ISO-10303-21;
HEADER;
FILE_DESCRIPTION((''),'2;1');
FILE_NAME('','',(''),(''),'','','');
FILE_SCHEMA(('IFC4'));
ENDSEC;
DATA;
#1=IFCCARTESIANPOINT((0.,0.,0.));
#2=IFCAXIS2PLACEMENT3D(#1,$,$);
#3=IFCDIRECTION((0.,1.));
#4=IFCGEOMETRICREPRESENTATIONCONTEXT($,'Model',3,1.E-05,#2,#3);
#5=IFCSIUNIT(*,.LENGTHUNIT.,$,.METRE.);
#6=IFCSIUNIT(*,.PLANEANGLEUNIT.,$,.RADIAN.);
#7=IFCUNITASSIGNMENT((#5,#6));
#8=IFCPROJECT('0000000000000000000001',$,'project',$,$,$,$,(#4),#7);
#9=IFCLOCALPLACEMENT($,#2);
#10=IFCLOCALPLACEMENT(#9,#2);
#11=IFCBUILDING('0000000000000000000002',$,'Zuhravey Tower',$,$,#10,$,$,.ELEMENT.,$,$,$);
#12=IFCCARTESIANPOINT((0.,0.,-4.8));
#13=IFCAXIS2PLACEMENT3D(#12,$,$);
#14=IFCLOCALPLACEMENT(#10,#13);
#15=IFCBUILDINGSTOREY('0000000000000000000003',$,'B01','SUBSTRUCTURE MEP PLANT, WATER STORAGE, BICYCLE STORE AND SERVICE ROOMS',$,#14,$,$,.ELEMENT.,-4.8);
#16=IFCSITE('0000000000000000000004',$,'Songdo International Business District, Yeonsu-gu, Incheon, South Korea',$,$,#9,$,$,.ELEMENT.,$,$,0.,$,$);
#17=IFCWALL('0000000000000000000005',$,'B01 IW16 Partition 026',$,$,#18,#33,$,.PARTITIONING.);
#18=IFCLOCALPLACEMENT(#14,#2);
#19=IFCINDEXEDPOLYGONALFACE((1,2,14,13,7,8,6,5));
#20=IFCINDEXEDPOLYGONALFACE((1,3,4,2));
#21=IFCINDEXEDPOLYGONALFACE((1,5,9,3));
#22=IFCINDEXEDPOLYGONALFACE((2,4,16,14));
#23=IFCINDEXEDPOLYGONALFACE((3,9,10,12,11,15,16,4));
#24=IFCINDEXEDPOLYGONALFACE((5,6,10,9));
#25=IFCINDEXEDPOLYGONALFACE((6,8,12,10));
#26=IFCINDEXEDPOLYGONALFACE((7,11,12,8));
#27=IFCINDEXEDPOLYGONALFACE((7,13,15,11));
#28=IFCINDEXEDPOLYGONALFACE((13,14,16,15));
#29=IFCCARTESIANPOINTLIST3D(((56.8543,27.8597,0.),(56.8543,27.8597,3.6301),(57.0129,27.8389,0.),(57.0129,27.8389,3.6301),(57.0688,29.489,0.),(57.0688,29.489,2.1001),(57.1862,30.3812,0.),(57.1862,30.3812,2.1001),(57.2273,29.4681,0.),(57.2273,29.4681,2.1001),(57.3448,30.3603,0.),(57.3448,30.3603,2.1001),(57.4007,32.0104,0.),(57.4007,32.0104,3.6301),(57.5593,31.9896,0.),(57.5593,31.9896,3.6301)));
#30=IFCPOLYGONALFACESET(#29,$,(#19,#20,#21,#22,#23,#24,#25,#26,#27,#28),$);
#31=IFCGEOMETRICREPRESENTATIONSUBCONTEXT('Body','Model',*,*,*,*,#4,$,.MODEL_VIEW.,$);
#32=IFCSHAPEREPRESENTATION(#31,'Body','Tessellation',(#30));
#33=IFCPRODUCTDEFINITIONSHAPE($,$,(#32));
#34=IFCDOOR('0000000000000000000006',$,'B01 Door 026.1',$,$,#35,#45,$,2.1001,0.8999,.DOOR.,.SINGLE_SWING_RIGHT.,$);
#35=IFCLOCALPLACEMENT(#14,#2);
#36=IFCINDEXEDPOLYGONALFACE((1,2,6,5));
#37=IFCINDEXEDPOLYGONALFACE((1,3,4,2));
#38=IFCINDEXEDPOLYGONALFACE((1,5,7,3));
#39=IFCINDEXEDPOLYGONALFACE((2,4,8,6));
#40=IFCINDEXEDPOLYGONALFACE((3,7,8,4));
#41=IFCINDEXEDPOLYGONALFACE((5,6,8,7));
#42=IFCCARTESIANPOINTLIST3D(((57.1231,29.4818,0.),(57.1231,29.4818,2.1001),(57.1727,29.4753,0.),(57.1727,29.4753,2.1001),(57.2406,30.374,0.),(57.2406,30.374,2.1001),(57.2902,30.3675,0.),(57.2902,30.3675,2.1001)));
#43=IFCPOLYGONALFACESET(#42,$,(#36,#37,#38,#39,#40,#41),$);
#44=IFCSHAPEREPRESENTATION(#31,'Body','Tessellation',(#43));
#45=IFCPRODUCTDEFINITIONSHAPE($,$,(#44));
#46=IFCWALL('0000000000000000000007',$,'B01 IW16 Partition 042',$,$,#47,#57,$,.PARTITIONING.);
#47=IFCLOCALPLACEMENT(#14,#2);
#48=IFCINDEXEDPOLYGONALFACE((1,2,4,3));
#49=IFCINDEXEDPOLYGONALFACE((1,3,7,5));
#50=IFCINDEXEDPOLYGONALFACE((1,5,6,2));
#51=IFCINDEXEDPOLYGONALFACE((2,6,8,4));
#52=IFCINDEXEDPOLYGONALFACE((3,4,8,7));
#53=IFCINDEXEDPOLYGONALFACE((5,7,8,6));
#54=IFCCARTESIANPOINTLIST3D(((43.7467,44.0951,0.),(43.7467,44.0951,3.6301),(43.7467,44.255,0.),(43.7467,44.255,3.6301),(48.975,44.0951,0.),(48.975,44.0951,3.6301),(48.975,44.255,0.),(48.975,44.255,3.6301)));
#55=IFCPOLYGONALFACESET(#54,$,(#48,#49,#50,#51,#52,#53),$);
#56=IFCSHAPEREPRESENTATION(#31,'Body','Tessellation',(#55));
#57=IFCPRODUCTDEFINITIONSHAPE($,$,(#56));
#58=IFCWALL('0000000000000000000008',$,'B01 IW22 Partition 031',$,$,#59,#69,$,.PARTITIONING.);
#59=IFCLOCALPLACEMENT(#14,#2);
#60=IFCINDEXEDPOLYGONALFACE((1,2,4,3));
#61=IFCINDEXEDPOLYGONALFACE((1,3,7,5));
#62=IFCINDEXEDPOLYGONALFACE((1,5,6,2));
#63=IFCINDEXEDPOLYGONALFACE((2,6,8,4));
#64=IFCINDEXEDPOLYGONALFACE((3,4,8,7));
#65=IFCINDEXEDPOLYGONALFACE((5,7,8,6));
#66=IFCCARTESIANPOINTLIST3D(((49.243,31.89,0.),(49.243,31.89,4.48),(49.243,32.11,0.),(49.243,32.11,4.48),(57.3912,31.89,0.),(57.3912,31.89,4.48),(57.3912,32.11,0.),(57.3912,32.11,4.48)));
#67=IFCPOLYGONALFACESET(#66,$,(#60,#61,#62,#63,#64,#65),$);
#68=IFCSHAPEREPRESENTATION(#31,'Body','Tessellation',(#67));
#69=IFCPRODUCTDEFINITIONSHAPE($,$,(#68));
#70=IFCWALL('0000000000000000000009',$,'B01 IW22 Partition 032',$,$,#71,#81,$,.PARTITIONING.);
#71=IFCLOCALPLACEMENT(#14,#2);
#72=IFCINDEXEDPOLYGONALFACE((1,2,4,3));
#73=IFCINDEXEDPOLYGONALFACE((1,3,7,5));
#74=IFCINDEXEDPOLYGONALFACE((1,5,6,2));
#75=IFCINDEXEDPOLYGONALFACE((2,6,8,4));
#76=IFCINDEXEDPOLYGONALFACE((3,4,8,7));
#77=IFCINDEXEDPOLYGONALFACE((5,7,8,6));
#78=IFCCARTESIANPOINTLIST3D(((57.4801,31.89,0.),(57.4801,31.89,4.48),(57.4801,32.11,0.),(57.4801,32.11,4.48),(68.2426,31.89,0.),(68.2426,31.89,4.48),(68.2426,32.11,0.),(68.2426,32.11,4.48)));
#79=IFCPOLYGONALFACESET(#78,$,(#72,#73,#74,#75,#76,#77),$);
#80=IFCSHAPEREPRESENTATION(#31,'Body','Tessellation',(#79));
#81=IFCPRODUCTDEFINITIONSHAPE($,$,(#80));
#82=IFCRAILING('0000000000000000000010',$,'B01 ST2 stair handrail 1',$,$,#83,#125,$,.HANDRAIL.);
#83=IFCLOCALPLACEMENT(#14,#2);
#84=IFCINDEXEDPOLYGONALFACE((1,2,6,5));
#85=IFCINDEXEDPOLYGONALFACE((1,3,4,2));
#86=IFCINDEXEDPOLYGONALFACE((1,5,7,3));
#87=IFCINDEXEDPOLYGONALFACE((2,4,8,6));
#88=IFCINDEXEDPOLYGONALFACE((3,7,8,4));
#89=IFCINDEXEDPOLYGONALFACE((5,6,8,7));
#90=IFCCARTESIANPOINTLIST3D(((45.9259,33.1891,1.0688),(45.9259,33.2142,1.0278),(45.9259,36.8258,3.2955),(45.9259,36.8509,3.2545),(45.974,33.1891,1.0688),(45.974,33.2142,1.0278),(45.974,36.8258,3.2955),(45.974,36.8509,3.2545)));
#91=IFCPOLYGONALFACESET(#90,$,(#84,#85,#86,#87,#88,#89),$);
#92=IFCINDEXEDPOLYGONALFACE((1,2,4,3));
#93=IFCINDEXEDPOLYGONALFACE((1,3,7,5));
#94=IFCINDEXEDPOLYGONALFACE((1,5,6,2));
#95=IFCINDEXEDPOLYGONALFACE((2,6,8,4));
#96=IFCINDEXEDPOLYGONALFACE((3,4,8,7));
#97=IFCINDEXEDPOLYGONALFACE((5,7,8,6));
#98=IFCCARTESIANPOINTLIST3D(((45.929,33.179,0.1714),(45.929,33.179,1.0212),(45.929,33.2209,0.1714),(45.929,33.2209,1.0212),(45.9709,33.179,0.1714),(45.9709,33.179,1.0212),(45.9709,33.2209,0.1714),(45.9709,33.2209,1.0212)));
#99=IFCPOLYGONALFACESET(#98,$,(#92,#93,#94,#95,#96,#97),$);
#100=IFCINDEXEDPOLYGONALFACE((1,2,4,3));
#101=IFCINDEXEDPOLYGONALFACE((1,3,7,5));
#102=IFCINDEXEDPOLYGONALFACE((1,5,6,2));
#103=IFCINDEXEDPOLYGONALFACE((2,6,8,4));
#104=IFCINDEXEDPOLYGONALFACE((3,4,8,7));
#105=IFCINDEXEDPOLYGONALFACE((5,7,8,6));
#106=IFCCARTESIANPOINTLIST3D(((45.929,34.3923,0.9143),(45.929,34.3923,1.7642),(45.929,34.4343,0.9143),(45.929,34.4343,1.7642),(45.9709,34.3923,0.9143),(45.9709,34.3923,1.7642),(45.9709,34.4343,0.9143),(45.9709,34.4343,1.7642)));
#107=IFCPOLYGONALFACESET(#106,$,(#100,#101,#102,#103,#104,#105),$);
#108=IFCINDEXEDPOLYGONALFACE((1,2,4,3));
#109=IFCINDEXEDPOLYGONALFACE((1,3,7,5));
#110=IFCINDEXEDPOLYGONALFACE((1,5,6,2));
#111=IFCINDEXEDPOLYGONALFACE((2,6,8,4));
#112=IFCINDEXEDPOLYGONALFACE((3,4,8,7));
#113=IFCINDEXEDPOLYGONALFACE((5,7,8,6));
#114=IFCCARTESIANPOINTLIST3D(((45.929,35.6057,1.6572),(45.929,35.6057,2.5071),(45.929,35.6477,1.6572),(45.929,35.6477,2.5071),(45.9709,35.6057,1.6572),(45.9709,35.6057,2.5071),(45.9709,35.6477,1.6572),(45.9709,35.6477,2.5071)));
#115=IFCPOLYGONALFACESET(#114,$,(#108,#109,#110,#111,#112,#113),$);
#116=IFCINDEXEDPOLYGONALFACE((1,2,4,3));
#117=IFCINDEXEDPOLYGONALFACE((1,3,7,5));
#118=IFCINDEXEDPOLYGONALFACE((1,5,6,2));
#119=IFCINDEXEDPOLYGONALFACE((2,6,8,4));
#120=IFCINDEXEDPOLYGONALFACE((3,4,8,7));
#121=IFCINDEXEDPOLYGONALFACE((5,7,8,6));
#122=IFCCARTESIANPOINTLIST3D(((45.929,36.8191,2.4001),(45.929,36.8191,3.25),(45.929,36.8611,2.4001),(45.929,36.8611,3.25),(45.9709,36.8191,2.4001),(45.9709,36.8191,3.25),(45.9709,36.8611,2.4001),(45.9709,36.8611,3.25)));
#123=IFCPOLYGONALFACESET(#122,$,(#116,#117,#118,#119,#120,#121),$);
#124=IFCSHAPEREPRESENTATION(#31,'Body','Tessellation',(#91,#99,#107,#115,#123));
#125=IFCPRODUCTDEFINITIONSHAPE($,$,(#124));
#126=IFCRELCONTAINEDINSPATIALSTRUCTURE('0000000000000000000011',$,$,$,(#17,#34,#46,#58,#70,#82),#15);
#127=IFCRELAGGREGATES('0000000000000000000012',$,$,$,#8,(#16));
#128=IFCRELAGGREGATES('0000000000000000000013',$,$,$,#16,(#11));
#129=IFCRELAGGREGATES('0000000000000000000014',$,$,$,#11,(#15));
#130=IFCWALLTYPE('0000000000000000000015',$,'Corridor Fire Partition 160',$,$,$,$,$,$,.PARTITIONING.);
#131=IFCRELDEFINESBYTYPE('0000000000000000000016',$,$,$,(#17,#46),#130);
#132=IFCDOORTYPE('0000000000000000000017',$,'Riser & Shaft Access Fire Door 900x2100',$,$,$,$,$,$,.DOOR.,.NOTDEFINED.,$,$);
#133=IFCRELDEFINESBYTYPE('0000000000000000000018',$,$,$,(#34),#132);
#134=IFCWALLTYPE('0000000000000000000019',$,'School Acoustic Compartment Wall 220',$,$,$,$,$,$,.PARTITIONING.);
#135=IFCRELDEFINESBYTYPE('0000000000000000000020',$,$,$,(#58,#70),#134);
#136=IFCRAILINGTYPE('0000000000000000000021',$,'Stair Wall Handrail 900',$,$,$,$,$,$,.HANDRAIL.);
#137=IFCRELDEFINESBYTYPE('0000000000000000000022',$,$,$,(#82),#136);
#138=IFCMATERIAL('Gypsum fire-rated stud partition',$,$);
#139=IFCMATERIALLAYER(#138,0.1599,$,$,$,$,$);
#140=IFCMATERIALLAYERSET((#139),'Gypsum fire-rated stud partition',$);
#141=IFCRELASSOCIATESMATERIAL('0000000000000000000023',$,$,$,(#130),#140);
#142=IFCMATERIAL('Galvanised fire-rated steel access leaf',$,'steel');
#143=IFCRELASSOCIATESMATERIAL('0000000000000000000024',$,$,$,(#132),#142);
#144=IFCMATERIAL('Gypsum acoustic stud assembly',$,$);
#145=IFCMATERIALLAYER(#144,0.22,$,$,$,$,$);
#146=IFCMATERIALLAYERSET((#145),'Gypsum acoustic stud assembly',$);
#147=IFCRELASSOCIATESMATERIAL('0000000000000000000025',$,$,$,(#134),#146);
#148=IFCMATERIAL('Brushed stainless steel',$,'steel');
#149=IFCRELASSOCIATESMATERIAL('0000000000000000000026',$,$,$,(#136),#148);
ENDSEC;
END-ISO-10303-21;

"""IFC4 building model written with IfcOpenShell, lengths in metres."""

from ifc_helpers import new_model, si_unit, direction, frame, frame_2d, origin, origin_2d, place, context, subcontext, project, spatial, rectangle, extrude, material, layer, layer_set, type_object, element, fill, save


model = new_model("IFC4")

# Units and contexts
model_context = context("Model", 3, precision=1e-05, world=origin(), true_north=direction((0.0, 1.0)))
body_context = subcontext(model_context, "Body", "Model", "MODEL_VIEW")
ifc_project = project(units=[si_unit("LENGTHUNIT", "METRE"), si_unit("PLANEANGLEUNIT", "RADIAN")], contexts=[model_context])

# Site, building, storey
site_placement = place(None, origin())
site = spatial("IfcSite", under=ifc_project, at=site_placement, Name="Songdo International Business District, Yeonsu-gu, Incheon, South Korea", CompositionType="ELEMENT", RefElevation=0.0)
building_placement = place(site_placement, origin())
building = spatial("IfcBuilding", under=site, at=building_placement, Name="Zuhravey Tower", CompositionType="ELEMENT")
storey_placement = place(building_placement, frame((0.0, 0.0, -4.8)))
storey = spatial("IfcBuildingStorey", under=building, at=storey_placement, Name="B01", Description="SUBSTRUCTURE MEP PLANT, WATER STORAGE, BICYCLE STORE AND SERVICE ROOMS", CompositionType="ELEMENT", Elevation=-4.8)

# Wall, opening, door
ifc_material_1 = material(Name="Gypsum fire-rated stud partition")
ifc_layer_1 = layer(ifc_material_1, 0.1599)
ifc_layer_set_1 = layer_set([ifc_layer_1], Name="Gypsum fire-rated stud partition")
wall_type_1 = type_object("IfcWallType", Name="Corridor Fire Partition 160", PredefinedType="PARTITIONING", material=ifc_layer_set_1)
wall_1_placement = place(storey_placement, frame((57.48, 32.0, 0.0), z_axis=(0.0, 0.0, 1.0), x_axis=(-0.130513, -0.991447, 0.0)))
wall_1 = element("IfcWall", 1, at=wall_1_placement, inside=storey, type_object=wall_type_1, Name="B01 IW16 Partition 026", PredefinedType="PARTITIONING", context=body_context, shape_type="SweptSolid", body=[
    extrude(rectangle(XDim=4.1865, YDim=0.1599, at=frame_2d((2.0933, 0.0))), origin(), (0.0, 0.0, 1.0), 3.6301),
])
opening_1_placement = place(wall_1_placement, frame((1.6433, 0.0, 0.0)))
opening_1 = element("IfcOpeningElement", 2, at=opening_1_placement, cuts=wall_1, PredefinedType="OPENING", context=body_context, shape_type="SweptSolid", body=[
    extrude(rectangle(XDim=0.8999, YDim=2.1001, at=frame_2d((0.45, 1.05))), frame((0.0, 0.092, 0.0), z_axis=(0.0, -1.0, 0.0), x_axis=(1.0, 0.0, 0.0)), (0.0, 0.0, 1.0), 0.1838),
])
ifc_material_2 = material(Name="Galvanised fire-rated steel access leaf", Category="steel")
door_type_1 = type_object("IfcDoorType", Name="Riser & Shaft Access Fire Door 900x2100", OperationType="NOTDEFINED", PredefinedType="DOOR", material=ifc_material_2)
door_1_placement = place(opening_1_placement, origin())
door_1 = element("IfcDoor", 3, at=door_1_placement, inside=storey, type_object=door_type_1, Name="B01 Door 026.1", OperationType="SINGLE_SWING_RIGHT", OverallHeight=2.1001, OverallWidth=0.8999, PredefinedType="DOOR", context=body_context, shape_type="SweptSolid", body=[
    extrude(rectangle(XDim=0.8999, YDim=2.1001, at=frame_2d((0.45, 1.05))), frame((0.0, 0.0249, 0.0), z_axis=(0.0, -1.0, 0.0), x_axis=(1.0, 0.0, 0.0)), (0.0, 0.0, 1.0), 0.05),
])
fill(opening_1, door_1)

# Walls
wall_2_placement = place(storey_placement, frame((48.9751, 44.175, 0.0), z_axis=(0.0, 0.0, 1.0), x_axis=(-1.0, 0.0, 0.0)))
element("IfcWall", 4, at=wall_2_placement, inside=storey, type_object=wall_type_1, Name="B01 IW16 Partition 042", PredefinedType="PARTITIONING", context=body_context, shape_type="SweptSolid", body=[
    extrude(rectangle(XDim=5.2283, YDim=0.1599, at=frame_2d((2.6143, 0.0))), origin(), (0.0, 0.0, 1.0), 3.6301),
])
ifc_material_3 = material(Name="Gypsum acoustic stud assembly")
ifc_layer_2 = layer(ifc_material_3, 0.22)
ifc_layer_set_2 = layer_set([ifc_layer_2], Name="Gypsum acoustic stud assembly")
wall_type_2 = type_object("IfcWallType", Name="School Acoustic Compartment Wall 220", PredefinedType="PARTITIONING", material=ifc_layer_set_2)
wall_3_placement = place(storey_placement, frame((49.2429, 32.0, 0.0), z_axis=(0.0, 0.0, 1.0), x_axis=(1.0, 0.0, 0.0)))
element("IfcWall", 5, at=wall_3_placement, inside=storey, type_object=wall_type_2, Name="B01 IW22 Partition 031", PredefinedType="PARTITIONING", context=body_context, shape_type="SweptSolid", body=[
    extrude(rectangle(XDim=8.1482, YDim=0.22, at=frame_2d((4.0742, 0.0))), origin(), (0.0, 0.0, 1.0), 4.48),
])
wall_4_placement = place(storey_placement, frame((57.48, 32.0, 0.0), z_axis=(0.0, 0.0, 1.0), x_axis=(1.0, 0.0, 0.0)))
element("IfcWall", 6, at=wall_4_placement, inside=storey, type_object=wall_type_2, Name="B01 IW22 Partition 032", PredefinedType="PARTITIONING", context=body_context, shape_type="SweptSolid", body=[
    extrude(rectangle(XDim=10.7625, YDim=0.22, at=frame_2d((5.3813, 0.0))), origin(), (0.0, 0.0, 1.0), 4.48),
])

# Railing
ifc_material_4 = material(Name="Brushed stainless steel", Category="steel")
railing_type = type_object("IfcRailingType", Name="Stair Wall Handrail 900", PredefinedType="HANDRAIL", material=ifc_material_4)
railing_placement = place(storey_placement, frame((45.95, 33.2, 0.1714)))
element("IfcRailing", 7, at=railing_placement, inside=storey, type_object=railing_type, Name="B01 ST2 stair handrail 1", PredefinedType="HANDRAIL", context=body_context, shape_type="SweptSolid", body=[
    extrude(rectangle(XDim=0.0481, YDim=0.0481, at=origin_2d()), frame((0.0, 0.0017, 0.877), z_axis=(0.0, 0.85284, 0.522172), x_axis=(-1.0, 0.0, 0.0)), (0.0, 0.0, 1.0), 4.2642),
    extrude(rectangle(XDim=0.042, YDim=0.042, at=origin_2d()), origin(), (0.0, 0.0, 1.0), 0.8499),
    extrude(rectangle(XDim=0.042, YDim=0.042, at=origin_2d()), frame((0.0, 1.2134, 0.7429)), (0.0, 0.0, 1.0), 0.8499),
    extrude(rectangle(XDim=0.042, YDim=0.042, at=origin_2d()), frame((0.0, 2.4268, 1.4858)), (0.0, 0.0, 1.0), 0.8499),
    extrude(rectangle(XDim=0.042, YDim=0.042, at=origin_2d()), frame((0.0, 3.6401, 2.2288)), (0.0, 0.0, 1.0), 0.8499),
])

save(model, "model.ifc")
